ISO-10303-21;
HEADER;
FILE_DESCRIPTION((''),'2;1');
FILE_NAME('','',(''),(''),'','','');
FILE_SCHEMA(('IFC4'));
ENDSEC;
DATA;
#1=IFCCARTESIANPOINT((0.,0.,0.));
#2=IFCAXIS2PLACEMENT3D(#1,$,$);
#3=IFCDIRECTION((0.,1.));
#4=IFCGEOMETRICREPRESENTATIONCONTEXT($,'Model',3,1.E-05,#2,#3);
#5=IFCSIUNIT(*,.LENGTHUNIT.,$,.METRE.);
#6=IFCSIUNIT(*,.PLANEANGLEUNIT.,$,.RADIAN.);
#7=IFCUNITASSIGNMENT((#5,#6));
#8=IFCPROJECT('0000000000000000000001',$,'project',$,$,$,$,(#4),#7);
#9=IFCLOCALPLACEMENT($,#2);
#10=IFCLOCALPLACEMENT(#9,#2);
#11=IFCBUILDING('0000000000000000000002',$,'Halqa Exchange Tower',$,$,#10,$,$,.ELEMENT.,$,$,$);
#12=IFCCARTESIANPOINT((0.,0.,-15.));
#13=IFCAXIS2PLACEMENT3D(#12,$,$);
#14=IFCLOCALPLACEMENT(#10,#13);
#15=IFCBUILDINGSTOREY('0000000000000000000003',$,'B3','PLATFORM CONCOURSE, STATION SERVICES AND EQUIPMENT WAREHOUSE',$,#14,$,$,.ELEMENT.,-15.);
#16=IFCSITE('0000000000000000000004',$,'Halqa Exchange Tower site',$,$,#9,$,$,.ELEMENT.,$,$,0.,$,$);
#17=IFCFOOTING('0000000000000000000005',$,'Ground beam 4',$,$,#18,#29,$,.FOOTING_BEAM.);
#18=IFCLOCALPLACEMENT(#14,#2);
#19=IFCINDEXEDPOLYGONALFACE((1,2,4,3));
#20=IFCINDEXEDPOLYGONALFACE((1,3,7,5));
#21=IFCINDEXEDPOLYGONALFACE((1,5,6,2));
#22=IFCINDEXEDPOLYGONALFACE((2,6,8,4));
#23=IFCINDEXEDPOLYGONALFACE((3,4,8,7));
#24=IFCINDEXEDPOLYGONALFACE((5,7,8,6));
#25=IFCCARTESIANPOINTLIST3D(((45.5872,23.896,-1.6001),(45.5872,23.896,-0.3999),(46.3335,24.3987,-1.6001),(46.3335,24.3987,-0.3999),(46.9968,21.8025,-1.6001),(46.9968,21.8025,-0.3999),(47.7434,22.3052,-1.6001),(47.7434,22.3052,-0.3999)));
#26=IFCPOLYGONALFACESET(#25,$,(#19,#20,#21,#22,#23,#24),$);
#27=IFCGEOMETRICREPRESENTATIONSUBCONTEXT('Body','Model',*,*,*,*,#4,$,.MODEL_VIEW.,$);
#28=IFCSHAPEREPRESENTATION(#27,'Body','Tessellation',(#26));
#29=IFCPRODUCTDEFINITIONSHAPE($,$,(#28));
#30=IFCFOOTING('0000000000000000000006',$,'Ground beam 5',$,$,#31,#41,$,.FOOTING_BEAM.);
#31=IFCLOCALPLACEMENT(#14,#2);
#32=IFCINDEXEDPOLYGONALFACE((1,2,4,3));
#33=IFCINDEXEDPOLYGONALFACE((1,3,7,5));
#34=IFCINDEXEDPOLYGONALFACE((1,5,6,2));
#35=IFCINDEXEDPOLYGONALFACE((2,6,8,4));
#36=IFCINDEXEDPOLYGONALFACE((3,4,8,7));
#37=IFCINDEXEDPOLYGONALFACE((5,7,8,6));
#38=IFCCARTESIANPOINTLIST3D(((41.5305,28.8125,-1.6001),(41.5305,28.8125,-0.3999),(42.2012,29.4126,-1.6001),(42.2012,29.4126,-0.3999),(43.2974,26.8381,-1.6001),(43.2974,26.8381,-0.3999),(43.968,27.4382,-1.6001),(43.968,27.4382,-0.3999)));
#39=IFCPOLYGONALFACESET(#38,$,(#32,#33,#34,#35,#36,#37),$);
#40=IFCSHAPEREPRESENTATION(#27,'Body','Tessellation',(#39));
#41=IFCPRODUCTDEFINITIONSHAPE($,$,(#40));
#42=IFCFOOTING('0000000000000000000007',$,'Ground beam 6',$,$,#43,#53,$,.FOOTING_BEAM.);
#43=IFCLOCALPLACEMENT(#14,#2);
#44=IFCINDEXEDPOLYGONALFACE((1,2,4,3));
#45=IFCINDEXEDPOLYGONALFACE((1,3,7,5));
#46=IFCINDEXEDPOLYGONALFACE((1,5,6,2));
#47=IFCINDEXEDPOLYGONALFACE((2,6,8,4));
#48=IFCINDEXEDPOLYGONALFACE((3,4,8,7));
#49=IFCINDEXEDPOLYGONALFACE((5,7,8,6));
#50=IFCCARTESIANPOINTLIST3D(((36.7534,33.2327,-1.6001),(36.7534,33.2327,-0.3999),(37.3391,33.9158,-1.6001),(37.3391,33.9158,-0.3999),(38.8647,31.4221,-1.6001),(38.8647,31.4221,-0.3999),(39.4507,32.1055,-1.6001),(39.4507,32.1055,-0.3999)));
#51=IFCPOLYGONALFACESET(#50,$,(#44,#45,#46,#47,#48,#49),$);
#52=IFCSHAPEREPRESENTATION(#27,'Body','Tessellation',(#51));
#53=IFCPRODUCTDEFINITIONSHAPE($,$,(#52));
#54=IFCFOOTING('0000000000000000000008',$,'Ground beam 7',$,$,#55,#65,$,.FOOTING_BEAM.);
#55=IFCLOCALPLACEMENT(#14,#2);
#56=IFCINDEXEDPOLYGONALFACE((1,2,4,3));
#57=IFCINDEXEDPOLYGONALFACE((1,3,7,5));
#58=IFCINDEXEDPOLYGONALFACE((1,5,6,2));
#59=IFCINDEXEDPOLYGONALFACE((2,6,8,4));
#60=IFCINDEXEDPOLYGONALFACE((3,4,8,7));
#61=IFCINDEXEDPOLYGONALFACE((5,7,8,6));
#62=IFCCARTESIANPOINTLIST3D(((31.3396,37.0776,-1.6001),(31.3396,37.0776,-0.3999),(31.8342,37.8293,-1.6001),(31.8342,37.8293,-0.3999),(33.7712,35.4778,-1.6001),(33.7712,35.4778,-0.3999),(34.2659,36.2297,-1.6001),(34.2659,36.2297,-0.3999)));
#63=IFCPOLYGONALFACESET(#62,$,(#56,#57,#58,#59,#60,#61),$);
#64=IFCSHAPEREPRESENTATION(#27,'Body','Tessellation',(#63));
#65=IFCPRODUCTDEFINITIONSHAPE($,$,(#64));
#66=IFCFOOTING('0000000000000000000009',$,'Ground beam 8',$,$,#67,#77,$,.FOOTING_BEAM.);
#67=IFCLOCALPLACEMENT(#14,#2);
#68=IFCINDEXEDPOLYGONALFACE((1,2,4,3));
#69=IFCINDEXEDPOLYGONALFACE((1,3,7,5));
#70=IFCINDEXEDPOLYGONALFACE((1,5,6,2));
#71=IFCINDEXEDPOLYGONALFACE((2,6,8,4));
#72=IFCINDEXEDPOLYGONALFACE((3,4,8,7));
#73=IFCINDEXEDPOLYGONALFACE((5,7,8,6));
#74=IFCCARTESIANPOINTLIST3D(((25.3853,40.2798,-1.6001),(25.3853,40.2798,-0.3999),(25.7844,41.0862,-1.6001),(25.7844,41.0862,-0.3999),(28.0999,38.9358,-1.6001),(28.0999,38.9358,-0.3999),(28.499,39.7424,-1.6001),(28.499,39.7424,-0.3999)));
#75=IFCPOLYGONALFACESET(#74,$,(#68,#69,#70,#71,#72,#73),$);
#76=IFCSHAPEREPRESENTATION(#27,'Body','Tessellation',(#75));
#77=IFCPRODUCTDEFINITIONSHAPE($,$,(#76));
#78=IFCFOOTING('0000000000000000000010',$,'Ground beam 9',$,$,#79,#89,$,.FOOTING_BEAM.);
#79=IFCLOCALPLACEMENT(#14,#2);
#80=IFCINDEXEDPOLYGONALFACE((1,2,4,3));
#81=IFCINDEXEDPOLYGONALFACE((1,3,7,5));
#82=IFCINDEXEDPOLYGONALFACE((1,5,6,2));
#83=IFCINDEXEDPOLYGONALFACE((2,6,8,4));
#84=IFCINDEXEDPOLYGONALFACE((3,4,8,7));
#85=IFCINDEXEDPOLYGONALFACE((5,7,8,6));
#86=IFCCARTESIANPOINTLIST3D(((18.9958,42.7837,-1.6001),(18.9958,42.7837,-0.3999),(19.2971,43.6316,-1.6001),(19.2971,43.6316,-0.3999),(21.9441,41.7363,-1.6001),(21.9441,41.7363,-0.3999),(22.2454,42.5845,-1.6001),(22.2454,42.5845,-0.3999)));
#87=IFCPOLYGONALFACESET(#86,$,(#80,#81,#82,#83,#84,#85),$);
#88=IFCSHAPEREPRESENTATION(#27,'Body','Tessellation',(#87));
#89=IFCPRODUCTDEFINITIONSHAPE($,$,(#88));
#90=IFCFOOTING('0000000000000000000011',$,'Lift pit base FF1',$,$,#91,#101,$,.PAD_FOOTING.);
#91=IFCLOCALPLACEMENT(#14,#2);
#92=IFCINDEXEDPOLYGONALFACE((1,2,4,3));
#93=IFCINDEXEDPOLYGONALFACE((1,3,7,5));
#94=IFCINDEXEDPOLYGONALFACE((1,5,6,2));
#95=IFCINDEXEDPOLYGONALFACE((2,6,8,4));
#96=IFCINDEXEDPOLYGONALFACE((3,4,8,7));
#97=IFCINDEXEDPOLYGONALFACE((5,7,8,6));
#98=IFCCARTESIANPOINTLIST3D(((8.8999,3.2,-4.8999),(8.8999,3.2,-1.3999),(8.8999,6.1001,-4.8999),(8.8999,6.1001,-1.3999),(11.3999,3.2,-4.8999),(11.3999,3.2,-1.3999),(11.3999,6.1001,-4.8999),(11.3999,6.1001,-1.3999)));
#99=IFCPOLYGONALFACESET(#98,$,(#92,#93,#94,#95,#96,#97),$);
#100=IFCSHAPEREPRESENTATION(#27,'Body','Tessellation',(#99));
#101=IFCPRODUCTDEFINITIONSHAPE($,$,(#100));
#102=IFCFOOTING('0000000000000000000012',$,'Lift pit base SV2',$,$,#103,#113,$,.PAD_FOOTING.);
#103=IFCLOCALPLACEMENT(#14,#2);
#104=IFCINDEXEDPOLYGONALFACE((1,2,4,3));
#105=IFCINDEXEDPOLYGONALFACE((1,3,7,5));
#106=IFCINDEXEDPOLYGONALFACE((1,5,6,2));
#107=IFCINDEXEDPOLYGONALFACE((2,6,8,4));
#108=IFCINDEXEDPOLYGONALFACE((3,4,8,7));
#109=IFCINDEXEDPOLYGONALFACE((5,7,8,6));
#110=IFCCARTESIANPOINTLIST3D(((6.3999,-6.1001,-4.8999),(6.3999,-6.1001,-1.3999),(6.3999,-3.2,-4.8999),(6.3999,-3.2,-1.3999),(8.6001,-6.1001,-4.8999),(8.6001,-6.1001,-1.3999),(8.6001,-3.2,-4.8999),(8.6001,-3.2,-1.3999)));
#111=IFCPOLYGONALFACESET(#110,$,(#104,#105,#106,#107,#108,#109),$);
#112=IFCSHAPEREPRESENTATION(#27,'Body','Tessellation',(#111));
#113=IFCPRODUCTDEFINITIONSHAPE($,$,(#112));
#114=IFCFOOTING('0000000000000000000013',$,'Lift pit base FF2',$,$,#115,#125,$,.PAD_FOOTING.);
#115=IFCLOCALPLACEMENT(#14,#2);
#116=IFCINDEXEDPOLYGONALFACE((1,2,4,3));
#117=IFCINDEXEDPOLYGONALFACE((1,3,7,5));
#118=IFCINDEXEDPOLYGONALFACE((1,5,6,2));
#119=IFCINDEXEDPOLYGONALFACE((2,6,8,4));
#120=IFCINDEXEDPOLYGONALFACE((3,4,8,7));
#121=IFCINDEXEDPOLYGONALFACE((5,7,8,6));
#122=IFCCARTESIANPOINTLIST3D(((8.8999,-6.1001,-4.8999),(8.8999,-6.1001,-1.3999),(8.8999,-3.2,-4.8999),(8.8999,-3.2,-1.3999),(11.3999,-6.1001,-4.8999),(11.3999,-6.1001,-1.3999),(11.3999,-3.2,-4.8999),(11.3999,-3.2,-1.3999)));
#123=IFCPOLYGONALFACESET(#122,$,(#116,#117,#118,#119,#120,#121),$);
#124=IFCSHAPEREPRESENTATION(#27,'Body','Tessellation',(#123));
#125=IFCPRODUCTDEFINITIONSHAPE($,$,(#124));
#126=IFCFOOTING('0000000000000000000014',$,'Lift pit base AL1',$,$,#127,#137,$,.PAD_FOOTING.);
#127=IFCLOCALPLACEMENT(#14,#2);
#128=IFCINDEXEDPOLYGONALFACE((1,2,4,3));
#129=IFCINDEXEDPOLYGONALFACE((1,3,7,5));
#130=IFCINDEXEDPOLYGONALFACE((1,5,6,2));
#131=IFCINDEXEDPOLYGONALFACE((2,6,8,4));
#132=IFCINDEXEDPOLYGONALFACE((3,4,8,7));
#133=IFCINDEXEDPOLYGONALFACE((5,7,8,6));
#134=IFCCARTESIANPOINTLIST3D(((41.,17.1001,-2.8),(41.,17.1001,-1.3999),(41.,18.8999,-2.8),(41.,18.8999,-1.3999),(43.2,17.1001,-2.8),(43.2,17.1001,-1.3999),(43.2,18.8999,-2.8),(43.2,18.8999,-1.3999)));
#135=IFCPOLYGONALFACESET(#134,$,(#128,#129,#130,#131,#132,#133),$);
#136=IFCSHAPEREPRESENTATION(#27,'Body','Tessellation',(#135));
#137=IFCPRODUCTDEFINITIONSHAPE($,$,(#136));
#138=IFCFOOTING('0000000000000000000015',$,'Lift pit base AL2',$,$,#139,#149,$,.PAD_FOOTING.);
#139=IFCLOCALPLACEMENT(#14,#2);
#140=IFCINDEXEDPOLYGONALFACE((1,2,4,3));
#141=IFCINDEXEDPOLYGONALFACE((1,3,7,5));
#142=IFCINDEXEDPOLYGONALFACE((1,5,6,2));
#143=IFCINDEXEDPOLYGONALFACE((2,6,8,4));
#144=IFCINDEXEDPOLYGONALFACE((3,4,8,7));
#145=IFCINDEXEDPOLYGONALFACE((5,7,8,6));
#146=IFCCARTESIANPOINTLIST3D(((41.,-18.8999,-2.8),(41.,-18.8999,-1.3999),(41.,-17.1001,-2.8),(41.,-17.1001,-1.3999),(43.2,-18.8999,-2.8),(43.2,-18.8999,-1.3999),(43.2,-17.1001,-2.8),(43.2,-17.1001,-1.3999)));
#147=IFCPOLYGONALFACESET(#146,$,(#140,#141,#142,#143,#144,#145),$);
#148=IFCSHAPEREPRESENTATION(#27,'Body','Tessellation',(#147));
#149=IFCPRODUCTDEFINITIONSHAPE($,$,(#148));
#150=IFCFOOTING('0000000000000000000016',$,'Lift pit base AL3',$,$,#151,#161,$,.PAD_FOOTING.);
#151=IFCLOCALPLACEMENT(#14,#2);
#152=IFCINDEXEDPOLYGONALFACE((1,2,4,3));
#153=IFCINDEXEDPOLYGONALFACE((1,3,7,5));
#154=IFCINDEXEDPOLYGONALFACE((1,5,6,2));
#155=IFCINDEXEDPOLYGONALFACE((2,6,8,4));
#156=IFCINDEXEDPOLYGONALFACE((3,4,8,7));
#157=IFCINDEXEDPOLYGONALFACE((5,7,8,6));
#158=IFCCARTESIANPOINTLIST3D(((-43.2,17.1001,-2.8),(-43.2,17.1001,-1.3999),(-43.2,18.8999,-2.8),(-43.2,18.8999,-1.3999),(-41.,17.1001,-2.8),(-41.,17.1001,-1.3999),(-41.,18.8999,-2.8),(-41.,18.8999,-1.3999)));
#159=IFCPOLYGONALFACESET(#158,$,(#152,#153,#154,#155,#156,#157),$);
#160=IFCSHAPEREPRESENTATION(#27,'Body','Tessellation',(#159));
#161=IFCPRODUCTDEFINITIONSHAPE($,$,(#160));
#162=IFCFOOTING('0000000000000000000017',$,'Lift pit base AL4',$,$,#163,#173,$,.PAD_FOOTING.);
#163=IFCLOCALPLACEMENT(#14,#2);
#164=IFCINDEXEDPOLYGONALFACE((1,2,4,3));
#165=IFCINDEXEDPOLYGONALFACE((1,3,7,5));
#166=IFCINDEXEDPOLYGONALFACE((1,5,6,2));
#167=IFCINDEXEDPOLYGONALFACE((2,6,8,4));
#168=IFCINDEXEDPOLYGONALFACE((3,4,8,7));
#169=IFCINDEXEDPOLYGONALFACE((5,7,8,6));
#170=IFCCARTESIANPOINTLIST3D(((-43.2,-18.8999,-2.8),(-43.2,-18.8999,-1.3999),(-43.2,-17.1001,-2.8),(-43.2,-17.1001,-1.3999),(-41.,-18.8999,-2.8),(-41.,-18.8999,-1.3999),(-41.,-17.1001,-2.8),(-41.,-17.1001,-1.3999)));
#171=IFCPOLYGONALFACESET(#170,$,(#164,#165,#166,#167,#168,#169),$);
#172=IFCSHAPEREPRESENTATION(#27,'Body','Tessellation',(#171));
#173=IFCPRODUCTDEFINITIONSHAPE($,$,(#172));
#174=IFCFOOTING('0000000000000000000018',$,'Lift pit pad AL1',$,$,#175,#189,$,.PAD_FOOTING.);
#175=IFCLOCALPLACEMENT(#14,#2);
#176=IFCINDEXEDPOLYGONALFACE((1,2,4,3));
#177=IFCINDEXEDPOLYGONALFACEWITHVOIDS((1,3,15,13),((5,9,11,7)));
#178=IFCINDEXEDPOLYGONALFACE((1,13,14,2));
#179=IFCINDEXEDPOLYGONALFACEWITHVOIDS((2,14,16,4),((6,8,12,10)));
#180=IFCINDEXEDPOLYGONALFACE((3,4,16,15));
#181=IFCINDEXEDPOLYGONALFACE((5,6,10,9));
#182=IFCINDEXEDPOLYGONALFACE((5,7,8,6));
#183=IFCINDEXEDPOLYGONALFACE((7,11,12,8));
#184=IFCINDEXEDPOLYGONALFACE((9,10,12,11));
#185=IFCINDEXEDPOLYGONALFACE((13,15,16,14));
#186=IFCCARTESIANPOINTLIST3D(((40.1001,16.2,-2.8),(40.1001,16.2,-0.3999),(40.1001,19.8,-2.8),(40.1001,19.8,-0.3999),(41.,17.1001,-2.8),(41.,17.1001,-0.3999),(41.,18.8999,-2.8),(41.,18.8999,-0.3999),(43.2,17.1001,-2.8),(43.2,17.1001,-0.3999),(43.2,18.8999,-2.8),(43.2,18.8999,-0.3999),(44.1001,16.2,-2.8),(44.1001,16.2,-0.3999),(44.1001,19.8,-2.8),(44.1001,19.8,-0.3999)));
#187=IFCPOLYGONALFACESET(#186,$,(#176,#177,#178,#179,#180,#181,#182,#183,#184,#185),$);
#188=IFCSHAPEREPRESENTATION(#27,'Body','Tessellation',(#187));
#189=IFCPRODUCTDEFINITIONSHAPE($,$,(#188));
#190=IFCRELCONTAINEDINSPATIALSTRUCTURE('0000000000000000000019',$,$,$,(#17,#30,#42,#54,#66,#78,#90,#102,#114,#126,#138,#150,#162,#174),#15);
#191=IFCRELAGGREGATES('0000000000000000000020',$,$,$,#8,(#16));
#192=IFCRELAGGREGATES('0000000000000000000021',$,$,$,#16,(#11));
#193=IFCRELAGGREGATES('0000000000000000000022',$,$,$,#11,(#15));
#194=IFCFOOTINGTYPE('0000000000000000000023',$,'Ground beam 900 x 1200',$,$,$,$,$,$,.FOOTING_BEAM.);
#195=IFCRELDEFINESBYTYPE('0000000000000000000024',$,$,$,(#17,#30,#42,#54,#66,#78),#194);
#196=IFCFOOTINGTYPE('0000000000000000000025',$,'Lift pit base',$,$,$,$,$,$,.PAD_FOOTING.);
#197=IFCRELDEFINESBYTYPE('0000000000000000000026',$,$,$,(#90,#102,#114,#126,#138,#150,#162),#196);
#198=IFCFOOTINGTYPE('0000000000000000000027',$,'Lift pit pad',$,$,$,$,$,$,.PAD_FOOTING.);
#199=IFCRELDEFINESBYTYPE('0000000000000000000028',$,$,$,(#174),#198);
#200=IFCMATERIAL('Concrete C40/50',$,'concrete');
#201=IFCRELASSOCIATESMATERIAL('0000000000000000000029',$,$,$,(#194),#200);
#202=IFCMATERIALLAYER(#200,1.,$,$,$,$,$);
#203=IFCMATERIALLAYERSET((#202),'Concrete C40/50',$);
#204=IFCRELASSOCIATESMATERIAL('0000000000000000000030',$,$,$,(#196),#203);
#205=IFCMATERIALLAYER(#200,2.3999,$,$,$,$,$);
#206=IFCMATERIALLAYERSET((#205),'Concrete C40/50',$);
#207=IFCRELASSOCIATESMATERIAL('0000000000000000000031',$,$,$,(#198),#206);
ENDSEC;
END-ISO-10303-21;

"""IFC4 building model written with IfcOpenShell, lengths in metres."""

from ifc_helpers import new_model, si_unit, direction, frame, origin, place, context, subcontext, project, spatial, polyline, outline, extrude, material, layer, layer_set, type_object, element, save


model = new_model("IFC4")

# Units and contexts
model_context = context("Model", 3, precision=1e-05, world=origin(), true_north=direction((0.0, 1.0)))
body_context = subcontext(model_context, "Body", "Model", "MODEL_VIEW")
ifc_project = project(units=[si_unit("LENGTHUNIT", "METRE"), si_unit("PLANEANGLEUNIT", "RADIAN")], contexts=[model_context])

# Site, building, storey
site_placement = place(None, origin())
site = spatial("IfcSite", under=ifc_project, at=site_placement, Name="Halqa Exchange Tower site", CompositionType="ELEMENT", RefElevation=0.0)
building_placement = place(site_placement, origin())
building = spatial("IfcBuilding", under=site, at=building_placement, Name="Halqa Exchange Tower", CompositionType="ELEMENT")
storey_placement = place(building_placement, frame((0.0, 0.0, -15.0)))
storey = spatial("IfcBuildingStorey", under=building, at=storey_placement, Name="B3", Description="PLATFORM CONCOURSE, STATION SERVICES AND EQUIPMENT WAREHOUSE", CompositionType="ELEMENT", Elevation=-15.0)

# Footings
ifc_material_1 = material(Name="Concrete C40/50", Category="concrete")
footing_type_1 = type_object("IfcFootingType", Name="Ground beam 900 x 1200", PredefinedType="FOOTING_BEAM", material=ifc_material_1)
footing_1_placement = place(storey_placement, frame((0.0, 0.0, -1.6001)))
element("IfcFooting", 1, at=footing_1_placement, inside=storey, type_object=footing_type_1, Name="Ground beam 4", PredefinedType="FOOTING_BEAM", context=body_context, shape_type="SweptSolid", body=[
    extrude(outline(polyline([(46.9968, 21.8025), (45.5872, 23.896), (46.3335, 24.3987), (47.7434, 22.3052), (46.9968, 21.8025)])), origin(), (0.0, 0.0, 1.0), 1.2002),
])
footing_2_placement = place(storey_placement, frame((0.0, 0.0, -1.6001)))
element("IfcFooting", 2, at=footing_2_placement, inside=storey, type_object=footing_type_1, Name="Ground beam 5", PredefinedType="FOOTING_BEAM", context=body_context, shape_type="SweptSolid", body=[
    extrude(outline(polyline([(43.2974, 26.8381), (41.5305, 28.8125), (42.2012, 29.4126), (43.968, 27.4382), (43.2974, 26.8381)])), origin(), (0.0, 0.0, 1.0), 1.2002),
])
footing_3_placement = place(storey_placement, frame((0.0, 0.0, -1.6001)))
element("IfcFooting", 3, at=footing_3_placement, inside=storey, type_object=footing_type_1, Name="Ground beam 6", PredefinedType="FOOTING_BEAM", context=body_context, shape_type="SweptSolid", body=[
    extrude(outline(polyline([(38.8647, 31.4221), (36.7534, 33.2327), (37.3391, 33.9158), (39.4507, 32.1055), (38.8647, 31.4221)])), origin(), (0.0, 0.0, 1.0), 1.2002),
])
footing_4_placement = place(storey_placement, frame((0.0, 0.0, -1.6001)))
element("IfcFooting", 4, at=footing_4_placement, inside=storey, type_object=footing_type_1, Name="Ground beam 7", PredefinedType="FOOTING_BEAM", context=body_context, shape_type="SweptSolid", body=[
    extrude(outline(polyline([(33.7712, 35.4778), (31.3396, 37.0776), (31.8342, 37.8293), (34.2659, 36.2297), (33.7712, 35.4778)])), origin(), (0.0, 0.0, 1.0), 1.2002),
])
footing_5_placement = place(storey_placement, frame((0.0, 0.0, -1.6001)))
element("IfcFooting", 5, at=footing_5_placement, inside=storey, type_object=footing_type_1, Name="Ground beam 8", PredefinedType="FOOTING_BEAM", context=body_context, shape_type="SweptSolid", body=[
    extrude(outline(polyline([(28.0999, 38.9358), (25.3853, 40.2798), (25.7844, 41.0862), (28.499, 39.7424), (28.0999, 38.9358)])), origin(), (0.0, 0.0, 1.0), 1.2002),
])
footing_6_placement = place(storey_placement, frame((0.0, 0.0, -1.6001)))
element("IfcFooting", 6, at=footing_6_placement, inside=storey, type_object=footing_type_1, Name="Ground beam 9", PredefinedType="FOOTING_BEAM", context=body_context, shape_type="SweptSolid", body=[
    extrude(outline(polyline([(21.9441, 41.7363), (18.9958, 42.7837), (19.2971, 43.6316), (22.2454, 42.5845), (21.9441, 41.7363)])), origin(), (0.0, 0.0, 1.0), 1.2002),
])
ifc_layer_1 = layer(ifc_material_1, 1.0)
ifc_layer_set_1 = layer_set([ifc_layer_1], Name="Concrete C40/50")
footing_type_2 = type_object("IfcFootingType", Name="Lift pit base", PredefinedType="PAD_FOOTING", material=ifc_layer_set_1)
footing_7_placement = place(storey_placement, frame((0.0, 0.0, -4.8999)))
element("IfcFooting", 7, at=footing_7_placement, inside=storey, type_object=footing_type_2, Name="Lift pit base FF1", PredefinedType="PAD_FOOTING", context=body_context, shape_type="SweptSolid", body=[
    extrude(outline(polyline([(8.8999, 3.2), (11.3999, 3.2), (11.3999, 6.1001), (8.8999, 6.1001), (8.8999, 3.2)])), origin(), (0.0, 0.0, 1.0), 3.5),
])
footing_8_placement = place(storey_placement, frame((0.0, 0.0, -4.8999)))
element("IfcFooting", 8, at=footing_8_placement, inside=storey, type_object=footing_type_2, Name="Lift pit base SV2", PredefinedType="PAD_FOOTING", context=body_context, shape_type="SweptSolid", body=[
    extrude(outline(polyline([(6.3999, -6.1001), (8.6001, -6.1001), (8.6001, -3.2), (6.3999, -3.2), (6.3999, -6.1001)])), origin(), (0.0, 0.0, 1.0), 3.5),
])
footing_9_placement = place(storey_placement, frame((0.0, 0.0, -4.8999)))
element("IfcFooting", 9, at=footing_9_placement, inside=storey, type_object=footing_type_2, Name="Lift pit base FF2", PredefinedType="PAD_FOOTING", context=body_context, shape_type="SweptSolid", body=[
    extrude(outline(polyline([(8.8999, -6.1001), (11.3999, -6.1001), (11.3999, -3.2), (8.8999, -3.2), (8.8999, -6.1001)])), origin(), (0.0, 0.0, 1.0), 3.5),
])
footing_10_placement = place(storey_placement, frame((0.0, 0.0, -2.8)))
element("IfcFooting", 10, at=footing_10_placement, inside=storey, type_object=footing_type_2, Name="Lift pit base AL1", PredefinedType="PAD_FOOTING", context=body_context, shape_type="SweptSolid", body=[
    extrude(outline(polyline([(41.0, 17.1001), (43.2, 17.1001), (43.2, 18.8999), (41.0, 18.8999), (41.0, 17.1001)])), origin(), (0.0, 0.0, 1.0), 1.4001),
])
footing_11_placement = place(storey_placement, frame((0.0, 0.0, -2.8)))
element("IfcFooting", 11, at=footing_11_placement, inside=storey, type_object=footing_type_2, Name="Lift pit base AL2", PredefinedType="PAD_FOOTING", context=body_context, shape_type="SweptSolid", body=[
    extrude(outline(polyline([(41.0, -18.8999), (43.2, -18.8999), (43.2, -17.1001), (41.0, -17.1001), (41.0, -18.8999)])), origin(), (0.0, 0.0, 1.0), 1.4001),
])
footing_12_placement = place(storey_placement, frame((0.0, 0.0, -2.8)))
element("IfcFooting", 12, at=footing_12_placement, inside=storey, type_object=footing_type_2, Name="Lift pit base AL3", PredefinedType="PAD_FOOTING", context=body_context, shape_type="SweptSolid", body=[
    extrude(outline(polyline([(-43.2, 17.1001), (-41.0, 17.1001), (-41.0, 18.8999), (-43.2, 18.8999), (-43.2, 17.1001)])), origin(), (0.0, 0.0, 1.0), 1.4001),
])
footing_13_placement = place(storey_placement, frame((0.0, 0.0, -2.8)))
element("IfcFooting", 13, at=footing_13_placement, inside=storey, type_object=footing_type_2, Name="Lift pit base AL4", PredefinedType="PAD_FOOTING", context=body_context, shape_type="SweptSolid", body=[
    extrude(outline(polyline([(-43.2, -18.8999), (-41.0, -18.8999), (-41.0, -17.1001), (-43.2, -17.1001), (-43.2, -18.8999)])), origin(), (0.0, 0.0, 1.0), 1.4001),
])
ifc_layer_2 = layer(ifc_material_1, 2.3999)
ifc_layer_set_2 = layer_set([ifc_layer_2], Name="Concrete C40/50")
footing_type_3 = type_object("IfcFootingType", Name="Lift pit pad", PredefinedType="PAD_FOOTING", material=ifc_layer_set_2)
footing_14_placement = place(storey_placement, frame((0.0, 0.0, -2.8)))
element("IfcFooting", 14, at=footing_14_placement, inside=storey, type_object=footing_type_3, Name="Lift pit pad AL1", PredefinedType="PAD_FOOTING", context=body_context, shape_type="SweptSolid", body=[
    extrude(outline(polyline([(40.1001, 16.2), (44.1001, 16.2), (44.1001, 19.8), (40.1001, 19.8), (40.1001, 16.2)]), holes=[polyline([(41.0, 17.1001), (43.2, 17.1001), (43.2, 18.8999), (41.0, 18.8999), (41.0, 17.1001)])]), origin(), (0.0, 0.0, 1.0), 2.4001),
])

save(model, "model.ifc")
